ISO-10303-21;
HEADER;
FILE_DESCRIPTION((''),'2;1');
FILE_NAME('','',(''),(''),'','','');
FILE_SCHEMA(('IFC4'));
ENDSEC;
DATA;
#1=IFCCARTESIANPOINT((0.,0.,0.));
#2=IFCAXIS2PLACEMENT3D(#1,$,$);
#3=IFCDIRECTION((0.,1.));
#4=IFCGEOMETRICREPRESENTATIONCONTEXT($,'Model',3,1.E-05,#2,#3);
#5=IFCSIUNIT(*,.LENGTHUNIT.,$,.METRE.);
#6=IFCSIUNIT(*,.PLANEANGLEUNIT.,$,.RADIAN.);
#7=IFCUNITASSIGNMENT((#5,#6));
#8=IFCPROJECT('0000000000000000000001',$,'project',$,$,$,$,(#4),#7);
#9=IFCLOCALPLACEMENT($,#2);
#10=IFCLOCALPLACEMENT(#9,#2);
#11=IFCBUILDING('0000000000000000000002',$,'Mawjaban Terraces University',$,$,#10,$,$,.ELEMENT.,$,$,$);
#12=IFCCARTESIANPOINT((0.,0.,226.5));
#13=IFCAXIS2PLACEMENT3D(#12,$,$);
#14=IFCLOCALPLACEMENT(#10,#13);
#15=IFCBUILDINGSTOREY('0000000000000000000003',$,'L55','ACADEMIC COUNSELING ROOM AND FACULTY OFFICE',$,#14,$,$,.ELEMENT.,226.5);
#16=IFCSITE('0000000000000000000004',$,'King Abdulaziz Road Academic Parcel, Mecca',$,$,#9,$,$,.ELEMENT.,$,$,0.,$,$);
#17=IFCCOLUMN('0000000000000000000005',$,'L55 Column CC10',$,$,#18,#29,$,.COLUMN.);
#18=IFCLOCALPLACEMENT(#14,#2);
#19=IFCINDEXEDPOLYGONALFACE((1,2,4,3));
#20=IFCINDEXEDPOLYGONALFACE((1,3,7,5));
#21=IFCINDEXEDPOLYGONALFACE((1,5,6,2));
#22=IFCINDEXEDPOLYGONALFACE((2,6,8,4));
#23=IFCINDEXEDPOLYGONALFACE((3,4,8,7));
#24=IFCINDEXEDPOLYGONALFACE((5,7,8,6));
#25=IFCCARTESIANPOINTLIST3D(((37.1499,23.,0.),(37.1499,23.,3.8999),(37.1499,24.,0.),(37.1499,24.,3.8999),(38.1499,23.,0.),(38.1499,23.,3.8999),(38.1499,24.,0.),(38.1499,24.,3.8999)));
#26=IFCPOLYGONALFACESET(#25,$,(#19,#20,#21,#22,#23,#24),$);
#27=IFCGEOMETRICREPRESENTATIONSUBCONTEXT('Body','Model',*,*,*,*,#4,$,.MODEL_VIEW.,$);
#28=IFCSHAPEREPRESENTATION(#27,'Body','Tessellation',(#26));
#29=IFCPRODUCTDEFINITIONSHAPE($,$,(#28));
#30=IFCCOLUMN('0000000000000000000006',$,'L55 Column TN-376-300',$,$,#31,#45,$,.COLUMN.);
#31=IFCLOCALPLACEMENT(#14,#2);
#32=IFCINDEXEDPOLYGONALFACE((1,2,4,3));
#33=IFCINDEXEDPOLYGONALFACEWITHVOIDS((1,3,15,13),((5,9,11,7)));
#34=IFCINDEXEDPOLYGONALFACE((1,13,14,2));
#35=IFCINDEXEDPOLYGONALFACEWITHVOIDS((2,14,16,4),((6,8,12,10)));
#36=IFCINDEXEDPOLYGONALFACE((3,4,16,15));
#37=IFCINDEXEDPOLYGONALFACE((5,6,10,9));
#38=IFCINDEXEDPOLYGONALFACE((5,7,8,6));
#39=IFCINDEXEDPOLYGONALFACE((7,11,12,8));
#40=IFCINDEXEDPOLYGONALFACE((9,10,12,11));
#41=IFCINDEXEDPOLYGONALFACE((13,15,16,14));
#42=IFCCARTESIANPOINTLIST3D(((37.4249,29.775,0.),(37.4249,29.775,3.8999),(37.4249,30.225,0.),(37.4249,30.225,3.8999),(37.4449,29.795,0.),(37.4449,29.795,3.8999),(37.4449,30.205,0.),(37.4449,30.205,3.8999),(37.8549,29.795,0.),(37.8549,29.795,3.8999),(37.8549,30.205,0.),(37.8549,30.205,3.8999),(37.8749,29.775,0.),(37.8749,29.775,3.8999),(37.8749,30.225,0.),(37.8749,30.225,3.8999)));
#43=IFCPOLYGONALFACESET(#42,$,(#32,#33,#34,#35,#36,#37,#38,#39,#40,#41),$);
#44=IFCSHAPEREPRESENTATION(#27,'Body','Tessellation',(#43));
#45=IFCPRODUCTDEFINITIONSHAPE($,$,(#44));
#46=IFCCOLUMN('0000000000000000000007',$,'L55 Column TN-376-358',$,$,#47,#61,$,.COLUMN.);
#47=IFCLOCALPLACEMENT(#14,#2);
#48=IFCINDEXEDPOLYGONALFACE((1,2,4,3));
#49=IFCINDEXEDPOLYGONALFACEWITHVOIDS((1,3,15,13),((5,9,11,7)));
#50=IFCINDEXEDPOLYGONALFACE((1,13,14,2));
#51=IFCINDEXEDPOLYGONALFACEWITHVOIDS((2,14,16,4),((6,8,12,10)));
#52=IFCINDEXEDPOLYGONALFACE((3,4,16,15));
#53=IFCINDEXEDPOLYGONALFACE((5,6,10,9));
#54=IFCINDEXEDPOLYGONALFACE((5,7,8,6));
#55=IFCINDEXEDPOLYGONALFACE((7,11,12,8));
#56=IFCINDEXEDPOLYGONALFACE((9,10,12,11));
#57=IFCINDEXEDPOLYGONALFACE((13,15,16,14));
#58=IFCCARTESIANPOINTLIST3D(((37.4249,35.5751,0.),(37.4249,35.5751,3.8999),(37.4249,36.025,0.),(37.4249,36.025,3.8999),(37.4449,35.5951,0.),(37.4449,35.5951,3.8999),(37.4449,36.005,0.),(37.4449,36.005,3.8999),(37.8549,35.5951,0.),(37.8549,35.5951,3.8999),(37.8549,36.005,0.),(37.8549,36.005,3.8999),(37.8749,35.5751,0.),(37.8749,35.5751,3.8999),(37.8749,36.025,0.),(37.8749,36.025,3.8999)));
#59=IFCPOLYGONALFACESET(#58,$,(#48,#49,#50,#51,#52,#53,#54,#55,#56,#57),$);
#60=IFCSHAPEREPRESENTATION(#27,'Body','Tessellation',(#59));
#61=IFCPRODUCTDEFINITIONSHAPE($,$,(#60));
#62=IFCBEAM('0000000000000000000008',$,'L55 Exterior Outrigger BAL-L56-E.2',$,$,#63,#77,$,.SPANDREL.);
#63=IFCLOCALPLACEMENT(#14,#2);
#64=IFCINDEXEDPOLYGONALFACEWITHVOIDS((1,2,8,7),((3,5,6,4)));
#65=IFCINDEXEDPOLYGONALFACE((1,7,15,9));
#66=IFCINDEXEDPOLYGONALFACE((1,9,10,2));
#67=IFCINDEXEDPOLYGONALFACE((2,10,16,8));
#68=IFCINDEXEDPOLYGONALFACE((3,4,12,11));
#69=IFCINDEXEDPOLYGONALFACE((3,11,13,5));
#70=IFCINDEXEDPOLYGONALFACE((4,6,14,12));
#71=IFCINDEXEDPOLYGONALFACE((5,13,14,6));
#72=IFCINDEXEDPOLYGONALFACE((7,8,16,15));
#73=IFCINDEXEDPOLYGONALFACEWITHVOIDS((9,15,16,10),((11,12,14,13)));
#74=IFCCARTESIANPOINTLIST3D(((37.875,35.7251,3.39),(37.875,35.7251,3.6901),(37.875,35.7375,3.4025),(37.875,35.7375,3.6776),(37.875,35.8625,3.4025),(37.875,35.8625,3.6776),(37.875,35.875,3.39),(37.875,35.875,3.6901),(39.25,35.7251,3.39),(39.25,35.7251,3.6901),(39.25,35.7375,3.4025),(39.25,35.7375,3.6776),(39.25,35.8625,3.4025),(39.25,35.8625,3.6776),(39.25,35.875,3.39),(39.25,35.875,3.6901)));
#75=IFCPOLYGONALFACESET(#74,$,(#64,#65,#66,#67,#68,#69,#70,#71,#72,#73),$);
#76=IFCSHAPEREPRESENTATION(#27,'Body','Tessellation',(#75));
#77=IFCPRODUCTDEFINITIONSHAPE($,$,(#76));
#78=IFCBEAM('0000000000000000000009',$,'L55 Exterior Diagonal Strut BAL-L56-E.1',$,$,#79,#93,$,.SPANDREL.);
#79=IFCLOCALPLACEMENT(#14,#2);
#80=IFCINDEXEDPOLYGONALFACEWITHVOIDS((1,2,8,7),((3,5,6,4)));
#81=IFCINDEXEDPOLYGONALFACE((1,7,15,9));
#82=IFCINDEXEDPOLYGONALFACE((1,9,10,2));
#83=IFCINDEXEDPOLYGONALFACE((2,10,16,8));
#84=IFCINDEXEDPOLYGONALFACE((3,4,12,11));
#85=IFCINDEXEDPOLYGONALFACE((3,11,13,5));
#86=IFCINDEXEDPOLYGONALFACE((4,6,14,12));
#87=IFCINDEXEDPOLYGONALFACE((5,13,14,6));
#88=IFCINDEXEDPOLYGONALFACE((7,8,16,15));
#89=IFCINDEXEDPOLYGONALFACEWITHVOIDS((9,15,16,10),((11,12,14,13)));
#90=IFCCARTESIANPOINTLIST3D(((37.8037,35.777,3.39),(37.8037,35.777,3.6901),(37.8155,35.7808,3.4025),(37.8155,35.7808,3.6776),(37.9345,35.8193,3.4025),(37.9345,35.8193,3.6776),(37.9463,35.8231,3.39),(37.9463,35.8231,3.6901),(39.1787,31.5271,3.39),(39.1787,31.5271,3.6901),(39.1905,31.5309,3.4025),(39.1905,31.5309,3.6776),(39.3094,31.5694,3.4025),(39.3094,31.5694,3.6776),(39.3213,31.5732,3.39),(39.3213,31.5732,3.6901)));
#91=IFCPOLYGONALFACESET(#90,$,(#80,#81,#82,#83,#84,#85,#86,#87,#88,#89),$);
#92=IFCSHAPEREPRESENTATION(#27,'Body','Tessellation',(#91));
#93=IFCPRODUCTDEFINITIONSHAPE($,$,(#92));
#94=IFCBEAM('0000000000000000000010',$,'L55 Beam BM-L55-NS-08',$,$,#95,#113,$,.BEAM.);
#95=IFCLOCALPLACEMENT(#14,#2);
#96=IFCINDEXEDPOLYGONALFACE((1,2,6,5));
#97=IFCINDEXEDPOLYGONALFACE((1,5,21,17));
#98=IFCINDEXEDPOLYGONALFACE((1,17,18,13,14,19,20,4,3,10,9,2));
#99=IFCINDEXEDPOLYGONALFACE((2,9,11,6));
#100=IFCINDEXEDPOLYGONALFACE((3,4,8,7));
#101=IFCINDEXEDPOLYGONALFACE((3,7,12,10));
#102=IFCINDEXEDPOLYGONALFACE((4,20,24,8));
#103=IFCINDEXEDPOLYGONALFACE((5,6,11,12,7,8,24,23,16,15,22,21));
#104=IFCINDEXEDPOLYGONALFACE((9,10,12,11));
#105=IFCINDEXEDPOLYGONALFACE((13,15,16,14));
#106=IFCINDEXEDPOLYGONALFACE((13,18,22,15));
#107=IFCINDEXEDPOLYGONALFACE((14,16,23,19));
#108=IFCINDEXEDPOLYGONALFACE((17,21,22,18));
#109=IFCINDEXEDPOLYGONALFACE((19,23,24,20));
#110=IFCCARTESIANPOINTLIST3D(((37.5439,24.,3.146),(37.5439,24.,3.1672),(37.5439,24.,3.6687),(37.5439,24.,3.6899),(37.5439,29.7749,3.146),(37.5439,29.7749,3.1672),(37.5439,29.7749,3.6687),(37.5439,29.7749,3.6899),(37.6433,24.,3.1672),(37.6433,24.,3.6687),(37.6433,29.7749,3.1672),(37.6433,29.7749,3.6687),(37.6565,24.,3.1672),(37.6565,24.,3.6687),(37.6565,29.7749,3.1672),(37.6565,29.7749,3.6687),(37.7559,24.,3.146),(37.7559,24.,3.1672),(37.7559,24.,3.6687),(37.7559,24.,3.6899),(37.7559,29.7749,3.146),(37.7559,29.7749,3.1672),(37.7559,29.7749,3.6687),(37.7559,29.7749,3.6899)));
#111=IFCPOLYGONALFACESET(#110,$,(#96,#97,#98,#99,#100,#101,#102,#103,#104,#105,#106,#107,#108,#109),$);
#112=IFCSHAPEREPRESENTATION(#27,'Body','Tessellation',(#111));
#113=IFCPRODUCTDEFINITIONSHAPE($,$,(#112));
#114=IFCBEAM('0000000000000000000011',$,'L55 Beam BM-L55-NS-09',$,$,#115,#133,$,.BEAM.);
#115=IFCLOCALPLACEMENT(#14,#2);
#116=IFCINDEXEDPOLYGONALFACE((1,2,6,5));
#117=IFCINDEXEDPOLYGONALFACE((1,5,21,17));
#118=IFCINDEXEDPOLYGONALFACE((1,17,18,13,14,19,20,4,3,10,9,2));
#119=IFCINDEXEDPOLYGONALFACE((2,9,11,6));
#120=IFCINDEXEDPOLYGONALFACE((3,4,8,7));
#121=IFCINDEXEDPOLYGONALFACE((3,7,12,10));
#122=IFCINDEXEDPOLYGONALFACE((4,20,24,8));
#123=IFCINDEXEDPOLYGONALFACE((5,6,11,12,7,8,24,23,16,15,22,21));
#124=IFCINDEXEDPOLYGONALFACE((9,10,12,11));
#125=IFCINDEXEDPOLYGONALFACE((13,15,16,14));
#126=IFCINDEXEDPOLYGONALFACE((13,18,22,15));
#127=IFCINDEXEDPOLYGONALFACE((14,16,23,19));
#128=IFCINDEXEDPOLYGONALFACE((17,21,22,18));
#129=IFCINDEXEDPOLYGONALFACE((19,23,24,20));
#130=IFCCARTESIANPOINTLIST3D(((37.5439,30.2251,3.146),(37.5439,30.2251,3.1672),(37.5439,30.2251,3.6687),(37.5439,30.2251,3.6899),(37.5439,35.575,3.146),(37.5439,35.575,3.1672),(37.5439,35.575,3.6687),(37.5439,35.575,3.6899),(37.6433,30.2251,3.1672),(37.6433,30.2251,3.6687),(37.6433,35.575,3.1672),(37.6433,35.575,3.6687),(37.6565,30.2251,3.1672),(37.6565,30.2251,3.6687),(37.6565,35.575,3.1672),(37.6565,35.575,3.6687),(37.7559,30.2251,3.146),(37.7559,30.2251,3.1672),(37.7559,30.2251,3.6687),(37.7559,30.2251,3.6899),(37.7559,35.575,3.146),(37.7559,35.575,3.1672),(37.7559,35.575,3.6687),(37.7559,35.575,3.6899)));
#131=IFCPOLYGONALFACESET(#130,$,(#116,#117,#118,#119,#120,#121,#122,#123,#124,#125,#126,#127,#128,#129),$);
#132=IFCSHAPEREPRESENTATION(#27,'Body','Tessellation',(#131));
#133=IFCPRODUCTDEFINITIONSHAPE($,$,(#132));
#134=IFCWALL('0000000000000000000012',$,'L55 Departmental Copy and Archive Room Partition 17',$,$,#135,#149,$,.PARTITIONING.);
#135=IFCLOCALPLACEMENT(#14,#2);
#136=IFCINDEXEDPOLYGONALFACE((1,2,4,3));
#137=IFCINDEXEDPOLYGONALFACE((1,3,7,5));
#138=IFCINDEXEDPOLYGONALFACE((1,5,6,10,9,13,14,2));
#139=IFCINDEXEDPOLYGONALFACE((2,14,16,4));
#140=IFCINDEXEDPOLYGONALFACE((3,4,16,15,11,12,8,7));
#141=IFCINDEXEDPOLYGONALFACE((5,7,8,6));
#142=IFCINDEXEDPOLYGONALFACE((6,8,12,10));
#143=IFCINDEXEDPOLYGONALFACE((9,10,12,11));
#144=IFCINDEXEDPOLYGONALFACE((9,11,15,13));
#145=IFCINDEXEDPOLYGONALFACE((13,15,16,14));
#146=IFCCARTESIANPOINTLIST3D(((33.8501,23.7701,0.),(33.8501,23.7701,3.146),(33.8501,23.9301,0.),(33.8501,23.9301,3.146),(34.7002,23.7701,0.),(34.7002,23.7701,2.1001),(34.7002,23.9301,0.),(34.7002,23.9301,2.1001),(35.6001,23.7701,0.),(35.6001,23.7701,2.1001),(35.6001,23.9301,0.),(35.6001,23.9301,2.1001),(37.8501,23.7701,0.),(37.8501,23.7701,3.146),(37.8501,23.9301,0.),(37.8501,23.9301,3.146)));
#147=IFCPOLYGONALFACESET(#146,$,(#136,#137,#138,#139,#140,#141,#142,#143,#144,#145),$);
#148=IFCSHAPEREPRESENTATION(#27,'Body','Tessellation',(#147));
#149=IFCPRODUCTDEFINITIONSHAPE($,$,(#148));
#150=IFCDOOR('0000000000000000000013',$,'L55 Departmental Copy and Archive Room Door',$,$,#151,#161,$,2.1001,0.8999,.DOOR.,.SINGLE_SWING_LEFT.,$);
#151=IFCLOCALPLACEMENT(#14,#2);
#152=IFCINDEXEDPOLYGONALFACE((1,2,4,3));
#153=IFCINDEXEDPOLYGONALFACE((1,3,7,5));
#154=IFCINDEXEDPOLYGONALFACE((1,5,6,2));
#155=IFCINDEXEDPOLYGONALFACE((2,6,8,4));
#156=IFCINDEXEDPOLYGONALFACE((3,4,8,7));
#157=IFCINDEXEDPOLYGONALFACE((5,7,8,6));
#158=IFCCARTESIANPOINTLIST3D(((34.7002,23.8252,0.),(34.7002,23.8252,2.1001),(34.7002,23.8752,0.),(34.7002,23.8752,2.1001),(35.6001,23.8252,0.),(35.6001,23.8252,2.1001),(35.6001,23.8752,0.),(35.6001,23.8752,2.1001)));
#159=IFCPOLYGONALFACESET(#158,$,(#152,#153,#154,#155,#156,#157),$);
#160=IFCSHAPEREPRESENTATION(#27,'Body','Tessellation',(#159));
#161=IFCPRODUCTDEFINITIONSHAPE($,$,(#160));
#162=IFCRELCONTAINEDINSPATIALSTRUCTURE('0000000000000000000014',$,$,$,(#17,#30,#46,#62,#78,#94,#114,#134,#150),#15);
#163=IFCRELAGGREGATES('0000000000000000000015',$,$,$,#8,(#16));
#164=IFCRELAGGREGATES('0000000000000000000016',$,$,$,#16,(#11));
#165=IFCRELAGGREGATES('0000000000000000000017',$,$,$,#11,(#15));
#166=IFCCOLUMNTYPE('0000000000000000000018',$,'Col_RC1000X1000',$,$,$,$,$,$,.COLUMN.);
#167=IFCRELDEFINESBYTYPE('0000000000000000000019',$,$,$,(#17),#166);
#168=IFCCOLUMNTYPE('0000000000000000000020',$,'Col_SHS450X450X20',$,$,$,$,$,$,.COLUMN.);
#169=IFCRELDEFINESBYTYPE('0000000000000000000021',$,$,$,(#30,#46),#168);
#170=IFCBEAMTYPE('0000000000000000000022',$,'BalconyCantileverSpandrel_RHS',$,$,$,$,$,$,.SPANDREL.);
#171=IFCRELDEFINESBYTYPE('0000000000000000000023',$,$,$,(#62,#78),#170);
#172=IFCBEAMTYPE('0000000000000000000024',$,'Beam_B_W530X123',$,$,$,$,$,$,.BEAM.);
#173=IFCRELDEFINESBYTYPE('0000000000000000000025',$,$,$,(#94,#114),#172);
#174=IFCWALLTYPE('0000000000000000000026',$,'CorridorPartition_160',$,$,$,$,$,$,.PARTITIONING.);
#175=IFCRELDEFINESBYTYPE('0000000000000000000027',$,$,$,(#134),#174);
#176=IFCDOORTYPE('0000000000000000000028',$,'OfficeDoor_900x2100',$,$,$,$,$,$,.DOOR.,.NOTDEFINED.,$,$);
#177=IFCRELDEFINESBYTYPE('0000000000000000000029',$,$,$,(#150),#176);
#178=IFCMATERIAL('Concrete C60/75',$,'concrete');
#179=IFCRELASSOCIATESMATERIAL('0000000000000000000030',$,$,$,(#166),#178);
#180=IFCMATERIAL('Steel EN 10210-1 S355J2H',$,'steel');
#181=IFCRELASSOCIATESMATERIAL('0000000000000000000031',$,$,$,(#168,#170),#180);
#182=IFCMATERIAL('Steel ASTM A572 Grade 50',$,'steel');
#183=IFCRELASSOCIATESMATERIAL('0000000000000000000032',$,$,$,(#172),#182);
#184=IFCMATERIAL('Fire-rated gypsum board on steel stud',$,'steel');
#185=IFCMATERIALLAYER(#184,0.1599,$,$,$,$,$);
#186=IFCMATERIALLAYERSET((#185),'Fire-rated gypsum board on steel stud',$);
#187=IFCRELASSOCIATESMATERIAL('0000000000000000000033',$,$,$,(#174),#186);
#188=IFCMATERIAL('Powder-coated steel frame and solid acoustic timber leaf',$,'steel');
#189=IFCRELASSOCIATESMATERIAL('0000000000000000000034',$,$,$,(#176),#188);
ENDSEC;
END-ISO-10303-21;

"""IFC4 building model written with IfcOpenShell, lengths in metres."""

from ifc_helpers import new_model, si_unit, direction, frame, frame_2d, origin, origin_2d, place, context, subcontext, project, spatial, rectangle, hollow_rectangle, i_section, extrude, material, layer, layer_set, material_profile, profile_set, type_object, element, fill, save


model = new_model("IFC4")

# Units and contexts
model_context = context("Model", 3, precision=1e-05, world=origin(), true_north=direction((0.0, 1.0)))
body_context = subcontext(model_context, "Body", "Model", "MODEL_VIEW")
ifc_project = project(units=[si_unit("LENGTHUNIT", "METRE"), si_unit("PLANEANGLEUNIT", "RADIAN")], contexts=[model_context])

# Site, building, storey
site_placement = place(None, origin())
site = spatial("IfcSite", under=ifc_project, at=site_placement, Name="King Abdulaziz Road Academic Parcel, Mecca", CompositionType="ELEMENT", RefElevation=0.0)
building_placement = place(site_placement, origin())
building = spatial("IfcBuilding", under=site, at=building_placement, Name="Mawjaban Terraces University", CompositionType="ELEMENT")
storey_placement = place(building_placement, frame((0.0, 0.0, 226.5)))
storey = spatial("IfcBuildingStorey", under=building, at=storey_placement, Name="L55", Description="ACADEMIC COUNSELING ROOM AND FACULTY OFFICE", CompositionType="ELEMENT", Elevation=226.5)

# Columns
ifc_material_1 = material(Name="Concrete C60/75", Category="concrete")
ifc_material_profile_1 = material_profile(ifc_material_1, rectangle(XDim=1.0, YDim=1.0, at=origin_2d()), Name="RC1000X1000")
ifc_profile_set_1 = profile_set([ifc_material_profile_1], Name="Concrete C60/75")
column_type_1 = type_object("IfcColumnType", Name="Col_RC1000X1000", PredefinedType="COLUMN", material=ifc_profile_set_1)
column_placement = place(storey_placement, frame((37.6499, 23.5, 0.0), z_axis=(0.0, 0.0, 1.0), x_axis=(1.0, 0.0, 0.0)))
element("IfcColumn", 1, at=column_placement, inside=storey, type_object=column_type_1, Name="L55 Column CC10", PredefinedType="COLUMN", context=body_context, shape_type="SweptSolid", body=[
    extrude(rectangle(XDim=1.0, YDim=1.0, at=origin_2d()), origin(), (0.0, 0.0, 1.0), 3.8999),
])
ifc_material_2 = material(Name="Steel EN 10210-1 S355J2H", Category="steel")
ifc_material_profile_2 = material_profile(ifc_material_2, hollow_rectangle(XDim=0.45, YDim=0.45, WallThickness=0.02, at=origin_2d()), Name="SHS450X450X20")
ifc_profile_set_2 = profile_set([ifc_material_profile_2], Name="Steel EN 10210-1 S355J2H")
column_type_2 = type_object("IfcColumnType", Name="Col_SHS450X450X20", PredefinedType="COLUMN", material=ifc_profile_set_2)
for number, where, z_axis, x_axis, name in (
    (2, (37.6499, 30.0, 0.0), (0.0, 0.0, 1.0), (1.0, 0.0, 0.0), "L55 Column TN-376-300"),
    (3, (37.6499, 35.8, 0.0), (0.0, 0.0, 1.0), (1.0, 0.0, 0.0), "L55 Column TN-376-358"),
):
    element("IfcColumn", number, at=place(storey_placement, frame(where, z_axis=z_axis, x_axis=x_axis)), inside=storey, type_object=column_type_2, Name=name, PredefinedType="COLUMN", context=body_context, shape_type="SweptSolid", body=[
        extrude(hollow_rectangle(XDim=0.45, YDim=0.45, WallThickness=0.02, at=origin_2d()), origin(), (0.0, 0.0, 1.0), 3.8999),
    ])

# Beams
ifc_material_profile_3 = material_profile(ifc_material_2, hollow_rectangle(XDim=0.1499, YDim=0.3, WallThickness=0.0125, at=origin_2d()), Name="RHS300X150X12.5")
ifc_profile_set_3 = profile_set([ifc_material_profile_3], Name="Steel EN 10210-1 S355J2H")
beam_type_1 = type_object("IfcBeamType", Name="BalconyCantileverSpandrel_RHS", PredefinedType="SPANDREL", material=ifc_profile_set_3)
beam_1_placement = place(storey_placement, frame((37.875, 35.8, 3.54), z_axis=(1.0, 0.0, 0.0), x_axis=(0.0, 1.0, 0.0)))
element("IfcBeam", 4, at=beam_1_placement, inside=storey, type_object=beam_type_1, Name="L55 Exterior Outrigger BAL-L56-E.2", PredefinedType="SPANDREL", context=body_context, shape_type="SweptSolid", body=[
    extrude(hollow_rectangle(XDim=0.1499, YDim=0.3, WallThickness=0.0125, at=origin_2d()), origin(), (0.0, 0.0, 1.0), 1.375),
])
beam_2_placement = place(storey_placement, frame((37.875, 35.8, 3.54), z_axis=(0.30782, -0.951445, 0.0), x_axis=(0.951445, 0.30782, 0.0)))
element("IfcBeam", 5, at=beam_2_placement, inside=storey, type_object=beam_type_1, Name="L55 Exterior Diagonal Strut BAL-L56-E.1", PredefinedType="SPANDREL", context=body_context, shape_type="SweptSolid", body=[
    extrude(hollow_rectangle(XDim=0.1499, YDim=0.3, WallThickness=0.0125, at=origin_2d()), origin(), (0.0, 0.0, 1.0), 4.4668),
])
ifc_material_3 = material(Name="Steel ASTM A572 Grade 50", Category="steel")
ifc_material_profile_4 = material_profile(ifc_material_3, i_section(OverallWidth=0.2119, OverallDepth=0.5439, WebThickness=0.0132, FlangeThickness=0.0212, at=origin_2d()), Name="W530X123")
ifc_profile_set_4 = profile_set([ifc_material_profile_4], Name="Steel ASTM A572 Grade 50")
beam_type_2 = type_object("IfcBeamType", Name="Beam_B_W530X123", PredefinedType="BEAM", material=ifc_profile_set_4)
beam_3_placement = place(storey_placement, frame((37.6499, 24.0, 3.418), z_axis=(0.0, 1.0, 0.0), x_axis=(-1.0, 0.0, 0.0)))
element("IfcBeam", 6, at=beam_3_placement, inside=storey, type_object=beam_type_2, Name="L55 Beam BM-L55-NS-08", PredefinedType="BEAM", context=body_context, shape_type="SweptSolid", body=[
    extrude(i_section(OverallWidth=0.2119, OverallDepth=0.5439, WebThickness=0.0132, FlangeThickness=0.0212, at=origin_2d()), origin(), (0.0, 0.0, 1.0), 5.7749),
])
beam_4_placement = place(storey_placement, frame((37.6499, 30.2251, 3.418), z_axis=(0.0, 1.0, 0.0), x_axis=(-1.0, 0.0, 0.0)))
element("IfcBeam", 7, at=beam_4_placement, inside=storey, type_object=beam_type_2, Name="L55 Beam BM-L55-NS-09", PredefinedType="BEAM", context=body_context, shape_type="SweptSolid", body=[
    extrude(i_section(OverallWidth=0.2119, OverallDepth=0.5439, WebThickness=0.0132, FlangeThickness=0.0212, at=origin_2d()), origin(), (0.0, 0.0, 1.0), 5.3499),
])

# Wall, opening, door
ifc_material_4 = material(Name="Fire-rated gypsum board on steel stud", Category="steel")
ifc_layer_1 = layer(ifc_material_4, 0.1599)
ifc_layer_set_1 = layer_set([ifc_layer_1], Name="Fire-rated gypsum board on steel stud")
wall_type_1 = type_object("IfcWallType", Name="CorridorPartition_160", PredefinedType="PARTITIONING", material=ifc_layer_set_1)
wall_1_placement = place(storey_placement, frame((37.8501, 23.8501, 0.0), z_axis=(0.0, 0.0, 1.0), x_axis=(-1.0, 0.0, 0.0)))
wall_1 = element("IfcWall", 8, at=wall_1_placement, inside=storey, type_object=wall_type_1, Name="L55 Departmental Copy and Archive Room Partition 17", PredefinedType="PARTITIONING", context=body_context, shape_type="SweptSolid", body=[
    extrude(rectangle(XDim=4.0, YDim=0.1599, at=frame_2d((2.0, 0.0))), origin(), (0.0, 0.0, 1.0), 3.146),
])
opening_1_placement = place(wall_1_placement, frame((2.25, 0.0, 0.0)))
opening_1 = element("IfcOpeningElement", 9, at=opening_1_placement, cuts=wall_1, PredefinedType="OPENING", context=body_context, shape_type="SweptSolid", body=[
    extrude(rectangle(XDim=0.8999, YDim=2.1001, at=frame_2d((0.45, 1.05))), frame((0.0, 0.0898, 0.0), z_axis=(0.0, -1.0, 0.0), x_axis=(1.0, 0.0, 0.0)), (0.0, 0.0, 1.0), 0.1799),
])
ifc_material_5 = material(Name="Powder-coated steel frame and solid acoustic timber leaf", Category="steel")
door_type_1 = type_object("IfcDoorType", Name="OfficeDoor_900x2100", OperationType="NOTDEFINED", PredefinedType="DOOR", material=ifc_material_5)
door_1_placement = place(opening_1_placement, origin())
door_1 = element("IfcDoor", 10, at=door_1_placement, inside=storey, type_object=door_type_1, Name="L55 Departmental Copy and Archive Room Door", OperationType="SINGLE_SWING_LEFT", OverallHeight=2.1001, OverallWidth=0.8999, PredefinedType="DOOR", context=body_context, shape_type="SweptSolid", body=[
    extrude(rectangle(XDim=0.8999, YDim=2.1001, at=frame_2d((0.45, 1.05))), frame((0.0, 0.0249, 0.0), z_axis=(0.0, -1.0, 0.0), x_axis=(1.0, 0.0, 0.0)), (0.0, 0.0, 1.0), 0.05),
])
fill(opening_1, door_1)

save(model, "model.ifc")
